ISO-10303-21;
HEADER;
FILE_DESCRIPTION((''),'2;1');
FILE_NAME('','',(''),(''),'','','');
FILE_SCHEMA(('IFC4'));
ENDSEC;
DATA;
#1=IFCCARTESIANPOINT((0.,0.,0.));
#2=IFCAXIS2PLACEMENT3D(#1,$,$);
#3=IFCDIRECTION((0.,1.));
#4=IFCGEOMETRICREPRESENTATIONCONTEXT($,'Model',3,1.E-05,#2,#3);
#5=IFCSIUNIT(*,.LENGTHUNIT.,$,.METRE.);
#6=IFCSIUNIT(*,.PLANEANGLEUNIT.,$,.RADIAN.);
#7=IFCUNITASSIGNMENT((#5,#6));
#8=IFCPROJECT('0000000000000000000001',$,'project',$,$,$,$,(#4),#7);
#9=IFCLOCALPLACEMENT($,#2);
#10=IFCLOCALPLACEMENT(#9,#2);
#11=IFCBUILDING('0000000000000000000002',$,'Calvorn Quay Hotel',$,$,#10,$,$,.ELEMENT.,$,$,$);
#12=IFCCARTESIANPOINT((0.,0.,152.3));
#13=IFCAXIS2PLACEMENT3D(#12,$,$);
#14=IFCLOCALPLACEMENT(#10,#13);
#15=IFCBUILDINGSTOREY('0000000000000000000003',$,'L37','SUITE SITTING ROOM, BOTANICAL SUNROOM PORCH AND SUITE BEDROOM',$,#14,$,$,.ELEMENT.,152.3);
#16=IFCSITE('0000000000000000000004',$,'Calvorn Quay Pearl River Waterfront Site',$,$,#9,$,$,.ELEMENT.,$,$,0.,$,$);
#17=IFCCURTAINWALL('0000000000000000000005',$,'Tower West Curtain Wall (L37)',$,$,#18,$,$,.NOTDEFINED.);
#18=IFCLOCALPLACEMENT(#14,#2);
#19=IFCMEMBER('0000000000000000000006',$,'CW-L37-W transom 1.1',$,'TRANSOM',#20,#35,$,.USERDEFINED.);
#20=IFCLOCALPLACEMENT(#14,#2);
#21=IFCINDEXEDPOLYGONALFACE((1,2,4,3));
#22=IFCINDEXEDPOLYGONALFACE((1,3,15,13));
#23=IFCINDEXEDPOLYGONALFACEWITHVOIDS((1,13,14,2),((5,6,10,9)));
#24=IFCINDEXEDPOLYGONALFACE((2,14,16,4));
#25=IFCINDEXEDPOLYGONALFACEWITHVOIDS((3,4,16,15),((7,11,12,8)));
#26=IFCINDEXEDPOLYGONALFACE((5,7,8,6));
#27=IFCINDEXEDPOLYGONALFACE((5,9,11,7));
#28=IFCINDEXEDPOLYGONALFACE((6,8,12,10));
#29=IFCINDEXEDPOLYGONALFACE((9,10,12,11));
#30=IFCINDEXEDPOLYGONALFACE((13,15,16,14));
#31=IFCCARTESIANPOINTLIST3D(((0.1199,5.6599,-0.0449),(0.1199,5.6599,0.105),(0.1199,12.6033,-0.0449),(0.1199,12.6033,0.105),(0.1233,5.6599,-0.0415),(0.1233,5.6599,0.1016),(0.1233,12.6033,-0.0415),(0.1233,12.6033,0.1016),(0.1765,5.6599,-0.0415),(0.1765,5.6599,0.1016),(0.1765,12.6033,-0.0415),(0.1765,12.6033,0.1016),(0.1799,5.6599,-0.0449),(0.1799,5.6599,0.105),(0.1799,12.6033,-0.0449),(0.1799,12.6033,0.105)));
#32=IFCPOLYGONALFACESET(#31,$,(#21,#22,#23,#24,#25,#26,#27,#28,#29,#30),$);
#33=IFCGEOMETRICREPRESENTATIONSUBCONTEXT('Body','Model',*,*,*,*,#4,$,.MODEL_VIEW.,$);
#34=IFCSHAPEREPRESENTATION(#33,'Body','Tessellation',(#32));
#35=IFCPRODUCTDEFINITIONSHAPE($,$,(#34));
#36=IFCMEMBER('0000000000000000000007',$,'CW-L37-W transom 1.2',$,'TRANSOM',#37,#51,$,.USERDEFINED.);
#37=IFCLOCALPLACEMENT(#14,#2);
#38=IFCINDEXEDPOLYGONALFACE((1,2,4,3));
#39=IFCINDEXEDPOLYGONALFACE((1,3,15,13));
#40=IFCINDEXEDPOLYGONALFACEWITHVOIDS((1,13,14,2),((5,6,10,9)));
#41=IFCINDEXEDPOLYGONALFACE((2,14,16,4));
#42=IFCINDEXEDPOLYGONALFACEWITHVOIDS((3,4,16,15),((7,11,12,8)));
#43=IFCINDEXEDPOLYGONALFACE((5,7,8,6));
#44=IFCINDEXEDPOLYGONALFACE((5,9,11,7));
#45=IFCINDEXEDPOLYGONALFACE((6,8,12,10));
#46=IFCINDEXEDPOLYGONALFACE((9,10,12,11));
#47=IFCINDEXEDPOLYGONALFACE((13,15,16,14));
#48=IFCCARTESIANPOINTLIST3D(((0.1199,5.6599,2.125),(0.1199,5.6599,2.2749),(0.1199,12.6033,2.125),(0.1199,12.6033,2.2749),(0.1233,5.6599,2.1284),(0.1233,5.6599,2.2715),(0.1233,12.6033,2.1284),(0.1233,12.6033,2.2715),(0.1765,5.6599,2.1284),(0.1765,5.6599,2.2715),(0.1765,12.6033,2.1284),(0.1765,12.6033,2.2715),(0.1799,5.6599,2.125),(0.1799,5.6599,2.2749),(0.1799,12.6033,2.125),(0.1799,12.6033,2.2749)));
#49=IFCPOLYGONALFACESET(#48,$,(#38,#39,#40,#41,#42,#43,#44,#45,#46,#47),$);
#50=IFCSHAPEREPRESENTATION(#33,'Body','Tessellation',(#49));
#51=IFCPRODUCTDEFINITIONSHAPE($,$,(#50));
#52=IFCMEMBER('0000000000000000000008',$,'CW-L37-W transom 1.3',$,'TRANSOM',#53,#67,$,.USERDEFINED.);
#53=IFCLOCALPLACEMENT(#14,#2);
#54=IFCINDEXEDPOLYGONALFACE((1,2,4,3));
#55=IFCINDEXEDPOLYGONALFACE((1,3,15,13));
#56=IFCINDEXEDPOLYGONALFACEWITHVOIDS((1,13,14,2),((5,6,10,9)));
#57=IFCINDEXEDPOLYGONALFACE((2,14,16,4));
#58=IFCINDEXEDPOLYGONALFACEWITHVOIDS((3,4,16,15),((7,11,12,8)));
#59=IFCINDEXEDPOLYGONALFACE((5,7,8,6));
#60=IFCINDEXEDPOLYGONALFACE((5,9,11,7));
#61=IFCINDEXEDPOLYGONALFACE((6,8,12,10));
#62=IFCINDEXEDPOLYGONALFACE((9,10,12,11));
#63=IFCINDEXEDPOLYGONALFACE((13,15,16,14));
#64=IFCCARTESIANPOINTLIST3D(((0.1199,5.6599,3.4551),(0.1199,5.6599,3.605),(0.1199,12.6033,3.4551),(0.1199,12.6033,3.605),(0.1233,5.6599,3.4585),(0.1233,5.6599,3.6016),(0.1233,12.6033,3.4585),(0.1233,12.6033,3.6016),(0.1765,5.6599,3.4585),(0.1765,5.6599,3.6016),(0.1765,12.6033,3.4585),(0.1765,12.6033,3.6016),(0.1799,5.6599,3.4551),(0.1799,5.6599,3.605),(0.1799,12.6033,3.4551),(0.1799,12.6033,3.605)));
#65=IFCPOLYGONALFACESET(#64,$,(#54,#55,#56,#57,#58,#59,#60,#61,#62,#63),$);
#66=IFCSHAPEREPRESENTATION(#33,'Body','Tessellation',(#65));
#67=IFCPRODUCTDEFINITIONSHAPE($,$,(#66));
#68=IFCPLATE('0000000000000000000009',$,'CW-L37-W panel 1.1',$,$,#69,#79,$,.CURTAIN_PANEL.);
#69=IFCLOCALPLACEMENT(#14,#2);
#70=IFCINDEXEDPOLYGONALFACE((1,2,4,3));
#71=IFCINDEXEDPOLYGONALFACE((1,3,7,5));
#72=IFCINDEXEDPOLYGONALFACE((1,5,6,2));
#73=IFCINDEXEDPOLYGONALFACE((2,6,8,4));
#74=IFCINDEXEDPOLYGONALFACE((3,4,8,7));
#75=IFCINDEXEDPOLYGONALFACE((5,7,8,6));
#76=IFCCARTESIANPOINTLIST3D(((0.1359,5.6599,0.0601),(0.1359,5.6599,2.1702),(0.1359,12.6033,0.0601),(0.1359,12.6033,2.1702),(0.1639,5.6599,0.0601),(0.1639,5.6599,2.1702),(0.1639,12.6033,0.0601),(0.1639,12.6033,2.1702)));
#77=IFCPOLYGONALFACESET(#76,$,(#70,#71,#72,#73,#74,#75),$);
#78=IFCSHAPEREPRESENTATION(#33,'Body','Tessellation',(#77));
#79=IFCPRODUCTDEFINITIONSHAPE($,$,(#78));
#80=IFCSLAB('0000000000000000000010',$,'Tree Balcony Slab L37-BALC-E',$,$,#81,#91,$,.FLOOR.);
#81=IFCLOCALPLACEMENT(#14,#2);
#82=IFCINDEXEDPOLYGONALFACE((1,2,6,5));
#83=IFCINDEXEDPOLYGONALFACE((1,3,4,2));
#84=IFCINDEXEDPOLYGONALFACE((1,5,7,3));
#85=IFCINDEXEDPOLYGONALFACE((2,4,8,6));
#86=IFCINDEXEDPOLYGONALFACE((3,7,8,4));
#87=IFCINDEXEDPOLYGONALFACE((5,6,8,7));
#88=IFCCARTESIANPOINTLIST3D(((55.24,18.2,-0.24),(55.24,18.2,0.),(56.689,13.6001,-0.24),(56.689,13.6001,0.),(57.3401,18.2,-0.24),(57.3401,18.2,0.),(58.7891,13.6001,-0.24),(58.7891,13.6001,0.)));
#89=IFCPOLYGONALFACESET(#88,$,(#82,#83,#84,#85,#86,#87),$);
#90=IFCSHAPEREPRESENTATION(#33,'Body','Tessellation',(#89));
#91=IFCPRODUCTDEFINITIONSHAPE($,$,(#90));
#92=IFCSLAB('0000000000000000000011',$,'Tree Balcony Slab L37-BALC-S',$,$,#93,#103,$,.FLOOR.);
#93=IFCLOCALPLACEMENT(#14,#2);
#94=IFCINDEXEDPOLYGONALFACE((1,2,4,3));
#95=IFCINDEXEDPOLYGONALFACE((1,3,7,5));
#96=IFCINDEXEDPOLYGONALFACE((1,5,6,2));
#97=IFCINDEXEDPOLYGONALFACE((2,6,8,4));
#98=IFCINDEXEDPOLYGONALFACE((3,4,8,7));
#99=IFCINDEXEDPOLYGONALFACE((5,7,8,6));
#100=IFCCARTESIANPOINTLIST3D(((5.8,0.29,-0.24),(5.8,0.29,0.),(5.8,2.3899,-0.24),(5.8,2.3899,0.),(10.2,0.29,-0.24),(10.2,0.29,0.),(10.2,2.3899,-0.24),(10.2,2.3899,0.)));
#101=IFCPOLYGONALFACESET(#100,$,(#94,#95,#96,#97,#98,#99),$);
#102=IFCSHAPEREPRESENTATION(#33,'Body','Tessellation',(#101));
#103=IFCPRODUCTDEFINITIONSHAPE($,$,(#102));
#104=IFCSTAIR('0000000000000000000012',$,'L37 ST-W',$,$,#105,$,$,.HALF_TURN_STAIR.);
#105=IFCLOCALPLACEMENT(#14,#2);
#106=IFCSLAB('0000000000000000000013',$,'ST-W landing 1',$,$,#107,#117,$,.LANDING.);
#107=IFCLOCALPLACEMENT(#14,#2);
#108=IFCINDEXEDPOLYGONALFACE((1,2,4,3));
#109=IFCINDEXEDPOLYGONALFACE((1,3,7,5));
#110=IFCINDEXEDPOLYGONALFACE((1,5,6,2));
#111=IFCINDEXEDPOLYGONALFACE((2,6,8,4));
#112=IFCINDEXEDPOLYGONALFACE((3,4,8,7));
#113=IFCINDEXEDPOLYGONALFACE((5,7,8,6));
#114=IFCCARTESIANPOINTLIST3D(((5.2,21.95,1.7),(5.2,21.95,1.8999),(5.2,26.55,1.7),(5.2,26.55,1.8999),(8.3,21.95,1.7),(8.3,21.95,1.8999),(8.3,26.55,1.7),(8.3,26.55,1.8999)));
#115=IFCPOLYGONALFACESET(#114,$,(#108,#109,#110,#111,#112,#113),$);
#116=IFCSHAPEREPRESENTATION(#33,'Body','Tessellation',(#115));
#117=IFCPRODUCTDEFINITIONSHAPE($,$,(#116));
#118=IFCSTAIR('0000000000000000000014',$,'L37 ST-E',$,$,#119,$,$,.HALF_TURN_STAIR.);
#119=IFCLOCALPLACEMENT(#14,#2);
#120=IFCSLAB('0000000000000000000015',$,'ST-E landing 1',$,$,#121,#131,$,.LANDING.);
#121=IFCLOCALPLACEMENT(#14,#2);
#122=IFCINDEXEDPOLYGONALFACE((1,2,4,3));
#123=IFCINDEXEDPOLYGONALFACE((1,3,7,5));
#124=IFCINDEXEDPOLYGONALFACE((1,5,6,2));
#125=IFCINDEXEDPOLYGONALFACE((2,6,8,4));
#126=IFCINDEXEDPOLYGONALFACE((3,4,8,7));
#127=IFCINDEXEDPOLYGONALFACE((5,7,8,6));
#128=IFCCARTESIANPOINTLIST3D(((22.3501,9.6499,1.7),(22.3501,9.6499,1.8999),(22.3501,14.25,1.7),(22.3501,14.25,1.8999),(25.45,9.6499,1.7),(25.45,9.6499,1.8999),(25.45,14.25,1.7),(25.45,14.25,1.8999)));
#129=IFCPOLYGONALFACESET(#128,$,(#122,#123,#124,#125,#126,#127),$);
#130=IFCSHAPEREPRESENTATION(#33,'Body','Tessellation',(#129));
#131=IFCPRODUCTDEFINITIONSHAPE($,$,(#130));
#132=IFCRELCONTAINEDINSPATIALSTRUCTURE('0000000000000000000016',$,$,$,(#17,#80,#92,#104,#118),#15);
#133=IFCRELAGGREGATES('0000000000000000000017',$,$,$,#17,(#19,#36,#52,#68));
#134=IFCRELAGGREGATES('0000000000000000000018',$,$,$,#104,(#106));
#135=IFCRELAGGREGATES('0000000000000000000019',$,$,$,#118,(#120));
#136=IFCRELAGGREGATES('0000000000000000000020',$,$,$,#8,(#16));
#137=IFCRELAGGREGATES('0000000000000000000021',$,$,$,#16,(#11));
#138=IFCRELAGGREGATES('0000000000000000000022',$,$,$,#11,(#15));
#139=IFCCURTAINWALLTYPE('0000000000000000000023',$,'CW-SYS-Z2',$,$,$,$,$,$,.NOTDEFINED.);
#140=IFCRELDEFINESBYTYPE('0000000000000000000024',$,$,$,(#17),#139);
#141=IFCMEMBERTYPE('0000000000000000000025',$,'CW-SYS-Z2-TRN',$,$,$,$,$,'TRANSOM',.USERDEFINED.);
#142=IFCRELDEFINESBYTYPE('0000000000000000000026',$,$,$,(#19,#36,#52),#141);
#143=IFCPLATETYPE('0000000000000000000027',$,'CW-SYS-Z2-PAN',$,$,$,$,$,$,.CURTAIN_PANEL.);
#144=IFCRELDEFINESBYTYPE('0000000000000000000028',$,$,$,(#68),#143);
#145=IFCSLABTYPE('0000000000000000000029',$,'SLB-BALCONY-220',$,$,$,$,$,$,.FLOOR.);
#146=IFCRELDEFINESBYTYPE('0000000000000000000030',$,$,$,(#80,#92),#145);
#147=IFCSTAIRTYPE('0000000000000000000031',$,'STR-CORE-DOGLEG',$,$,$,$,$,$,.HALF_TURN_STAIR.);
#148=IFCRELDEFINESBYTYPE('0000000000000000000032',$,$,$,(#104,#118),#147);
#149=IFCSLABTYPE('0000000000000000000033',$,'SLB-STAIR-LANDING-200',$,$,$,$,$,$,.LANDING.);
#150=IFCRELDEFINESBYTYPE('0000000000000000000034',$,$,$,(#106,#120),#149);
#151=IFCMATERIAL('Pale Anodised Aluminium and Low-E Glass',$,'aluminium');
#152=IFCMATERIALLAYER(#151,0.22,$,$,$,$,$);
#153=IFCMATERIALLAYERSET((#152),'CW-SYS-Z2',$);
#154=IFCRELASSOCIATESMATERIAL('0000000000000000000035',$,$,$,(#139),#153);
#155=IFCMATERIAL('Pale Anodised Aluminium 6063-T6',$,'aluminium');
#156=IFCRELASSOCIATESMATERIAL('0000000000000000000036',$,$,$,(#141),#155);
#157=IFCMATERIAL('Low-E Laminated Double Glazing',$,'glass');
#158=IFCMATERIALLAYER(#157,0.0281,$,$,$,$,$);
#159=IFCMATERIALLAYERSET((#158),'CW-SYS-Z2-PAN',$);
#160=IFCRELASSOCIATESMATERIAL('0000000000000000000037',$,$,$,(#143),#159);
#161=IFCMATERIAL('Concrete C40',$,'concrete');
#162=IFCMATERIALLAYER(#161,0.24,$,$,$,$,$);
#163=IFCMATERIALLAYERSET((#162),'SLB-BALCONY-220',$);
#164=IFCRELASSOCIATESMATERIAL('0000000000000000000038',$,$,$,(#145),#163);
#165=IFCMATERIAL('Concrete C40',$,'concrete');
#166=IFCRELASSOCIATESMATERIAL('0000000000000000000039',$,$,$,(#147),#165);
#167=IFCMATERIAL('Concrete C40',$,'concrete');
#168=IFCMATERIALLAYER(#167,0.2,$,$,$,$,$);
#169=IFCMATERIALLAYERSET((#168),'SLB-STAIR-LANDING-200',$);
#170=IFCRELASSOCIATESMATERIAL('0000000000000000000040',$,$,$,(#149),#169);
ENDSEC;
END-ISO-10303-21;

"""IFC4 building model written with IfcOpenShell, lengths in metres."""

from ifc_helpers import new_model, si_unit, direction, frame, origin, origin_2d, place, context, subcontext, project, spatial, polyline, rectangle, hollow_rectangle, outline, extrude, material, layer, layer_set, material_profile, profile_set, type_object, element, aggregate, save


model = new_model("IFC4")

# Units and contexts
model_context = context("Model", 3, precision=1e-05, world=origin(), true_north=direction((0.0, 1.0)))
body_context = subcontext(model_context, "Body", "Model", "MODEL_VIEW")
ifc_project = project(units=[si_unit("LENGTHUNIT", "METRE"), si_unit("PLANEANGLEUNIT", "RADIAN")], contexts=[model_context])

# Site, building, storey
site_placement = place(None, origin())
site = spatial("IfcSite", under=ifc_project, at=site_placement, Name="Calvorn Quay Pearl River Waterfront Site", CompositionType="ELEMENT", RefElevation=0.0)
building_placement = place(site_placement, origin())
building = spatial("IfcBuilding", under=site, at=building_placement, Name="Calvorn Quay Hotel", CompositionType="ELEMENT")
storey_placement = place(building_placement, frame((0.0, 0.0, 152.3)))
storey = spatial("IfcBuildingStorey", under=building, at=storey_placement, Name="L37", Description="SUITE SITTING ROOM, BOTANICAL SUNROOM PORCH AND SUITE BEDROOM", CompositionType="ELEMENT", Elevation=152.3)

# Curtain wall, members, plate
ifc_material_1 = material(Name="Pale Anodised Aluminium and Low-E Glass", Category="aluminium")
ifc_layer_1 = layer(ifc_material_1, 0.22)
ifc_layer_set_1 = layer_set([ifc_layer_1], Name="CW-SYS-Z2")
curtain_wall_type = type_object("IfcCurtainWallType", Name="CW-SYS-Z2", PredefinedType="NOTDEFINED", material=ifc_layer_set_1)
curtain_wall_placement = place(storey_placement, origin())
curtain_wall = element("IfcCurtainWall", 1, at=curtain_wall_placement, inside=storey, type_object=curtain_wall_type, Name="Tower West Curtain Wall (L37)", PredefinedType="NOTDEFINED")
ifc_material_2 = material(Name="Pale Anodised Aluminium 6063-T6", Category="aluminium")
ifc_material_profile_1 = material_profile(ifc_material_2, hollow_rectangle(XDim=0.0601, YDim=0.1499, WallThickness=0.0034, at=origin_2d()), Name="ALU-T150x60x3.5")
ifc_profile_set_1 = profile_set([ifc_material_profile_1], Name="Pale Anodised Aluminium 6063-T6")
member_type_1 = type_object("IfcMemberType", Name="CW-SYS-Z2-TRN", ElementType="TRANSOM", PredefinedType="USERDEFINED", material=ifc_profile_set_1)
member_1_placement = place(storey_placement, frame((0.1499, 5.6599, 0.03), z_axis=(0.0, 1.0, 0.0), x_axis=(-1.0, 0.0, 0.0)))
member_1 = element("IfcMember", 2, at=member_1_placement, type_object=member_type_1, Name="CW-L37-W transom 1.1", ObjectType="TRANSOM", PredefinedType="USERDEFINED", context=body_context, shape_type="SweptSolid", body=[
    extrude(hollow_rectangle(XDim=0.0601, YDim=0.1499, WallThickness=0.0034, at=origin_2d()), origin(), (0.0, 0.0, 1.0), 6.9434),
])
member_2_placement = place(storey_placement, frame((0.1499, 5.6599, 2.2), z_axis=(0.0, 1.0, 0.0), x_axis=(-1.0, 0.0, 0.0)))
member_2 = element("IfcMember", 3, at=member_2_placement, type_object=member_type_1, Name="CW-L37-W transom 1.2", ObjectType="TRANSOM", PredefinedType="USERDEFINED", context=body_context, shape_type="SweptSolid", body=[
    extrude(hollow_rectangle(XDim=0.0601, YDim=0.1499, WallThickness=0.0034, at=origin_2d()), origin(), (0.0, 0.0, 1.0), 6.9434),
])
member_3_placement = place(storey_placement, frame((0.1499, 5.6599, 3.53), z_axis=(0.0, 1.0, 0.0), x_axis=(-1.0, 0.0, 0.0)))
member_3 = element("IfcMember", 4, at=member_3_placement, type_object=member_type_1, Name="CW-L37-W transom 1.3", ObjectType="TRANSOM", PredefinedType="USERDEFINED", context=body_context, shape_type="SweptSolid", body=[
    extrude(hollow_rectangle(XDim=0.0601, YDim=0.1499, WallThickness=0.0034, at=origin_2d()), origin(), (0.0, 0.0, 1.0), 6.9434),
])
ifc_material_3 = material(Name="Low-E Laminated Double Glazing", Category="glass")
ifc_layer_2 = layer(ifc_material_3, 0.0281)
ifc_layer_set_2 = layer_set([ifc_layer_2], Name="CW-SYS-Z2-PAN")
plate_type = type_object("IfcPlateType", Name="CW-SYS-Z2-PAN", PredefinedType="CURTAIN_PANEL", material=ifc_layer_set_2)
plate_placement = place(storey_placement, frame((0.1499, 9.1316, 0.0601), z_axis=(0.0, 0.0, 1.0), x_axis=(0.0, 1.0, 0.0)))
plate = element("IfcPlate", 5, at=plate_placement, type_object=plate_type, Name="CW-L37-W panel 1.1", PredefinedType="CURTAIN_PANEL", context=body_context, shape_type="SweptSolid", body=[
    extrude(rectangle(XDim=6.9434, YDim=0.0281, at=origin_2d()), origin(), (0.0, 0.0, 1.0), 2.1101),
])
aggregate(curtain_wall, [member_1, member_2, member_3, plate])

# Slabs
ifc_material_4 = material(Name="Concrete C40", Category="concrete")
ifc_layer_3 = layer(ifc_material_4, 0.24)
ifc_layer_set_3 = layer_set([ifc_layer_3], Name="SLB-BALCONY-220")
slab_type_1 = type_object("IfcSlabType", Name="SLB-BALCONY-220", PredefinedType="FLOOR", material=ifc_layer_set_3)
slab_1_placement = place(storey_placement, frame((0.0, 0.0, -0.24)))
element("IfcSlab", 6, at=slab_1_placement, inside=storey, type_object=slab_type_1, Name="Tree Balcony Slab L37-BALC-E", PredefinedType="FLOOR", context=body_context, shape_type="SweptSolid", body=[
    extrude(outline(polyline([(56.689, 13.6001), (58.7891, 13.6001), (57.3401, 18.2), (55.24, 18.2), (56.689, 13.6001)])), origin(), (0.0, 0.0, 1.0), 0.24),
])
slab_2_placement = place(storey_placement, frame((0.0, 0.0, -0.24)))
element("IfcSlab", 7, at=slab_2_placement, inside=storey, type_object=slab_type_1, Name="Tree Balcony Slab L37-BALC-S", PredefinedType="FLOOR", context=body_context, shape_type="SweptSolid", body=[
    extrude(outline(polyline([(5.8, 0.29), (10.2, 0.29), (10.2, 2.3899), (5.8, 2.3899), (5.8, 0.29)])), origin(), (0.0, 0.0, 1.0), 0.24),
])

# Stairs, slabs
ifc_material_5 = material(Name="Concrete C40", Category="concrete")
stair_type = type_object("IfcStairType", Name="STR-CORE-DOGLEG", PredefinedType="HALF_TURN_STAIR", material=ifc_material_5)
stair_1_placement = place(storey_placement, origin())
stair_1 = element("IfcStair", 8, at=stair_1_placement, inside=storey, type_object=stair_type, Name="L37 ST-W", PredefinedType="HALF_TURN_STAIR")
ifc_material_6 = material(Name="Concrete C40", Category="concrete")
ifc_layer_4 = layer(ifc_material_6, 0.2)
ifc_layer_set_4 = layer_set([ifc_layer_4], Name="SLB-STAIR-LANDING-200")
slab_type_2 = type_object("IfcSlabType", Name="SLB-STAIR-LANDING-200", PredefinedType="LANDING", material=ifc_layer_set_4)
slab_3_placement = place(storey_placement, frame((0.0, 0.0, 1.7)))
slab_3 = element("IfcSlab", 9, at=slab_3_placement, type_object=slab_type_2, Name="ST-W landing 1", PredefinedType="LANDING", context=body_context, shape_type="SweptSolid", body=[
    extrude(outline(polyline([(8.3, 21.95), (8.3, 26.55), (5.2, 26.55), (5.2, 21.95), (8.3, 21.95)])), origin(), (0.0, 0.0, 1.0), 0.2),
])
aggregate(stair_1, [slab_3])
stair_2_placement = place(storey_placement, origin())
stair_2 = element("IfcStair", 10, at=stair_2_placement, inside=storey, type_object=stair_type, Name="L37 ST-E", PredefinedType="HALF_TURN_STAIR")
slab_4_placement = place(storey_placement, frame((0.0, 0.0, 1.7)))
slab_4 = element("IfcSlab", 11, at=slab_4_placement, type_object=slab_type_2, Name="ST-E landing 1", PredefinedType="LANDING", context=body_context, shape_type="SweptSolid", body=[
    extrude(outline(polyline([(25.45, 9.6499), (25.45, 14.25), (22.3501, 14.25), (22.3501, 9.6499), (25.45, 9.6499)])), origin(), (0.0, 0.0, 1.0), 0.2),
])
aggregate(stair_2, [slab_4])

save(model, "model.ifc")
